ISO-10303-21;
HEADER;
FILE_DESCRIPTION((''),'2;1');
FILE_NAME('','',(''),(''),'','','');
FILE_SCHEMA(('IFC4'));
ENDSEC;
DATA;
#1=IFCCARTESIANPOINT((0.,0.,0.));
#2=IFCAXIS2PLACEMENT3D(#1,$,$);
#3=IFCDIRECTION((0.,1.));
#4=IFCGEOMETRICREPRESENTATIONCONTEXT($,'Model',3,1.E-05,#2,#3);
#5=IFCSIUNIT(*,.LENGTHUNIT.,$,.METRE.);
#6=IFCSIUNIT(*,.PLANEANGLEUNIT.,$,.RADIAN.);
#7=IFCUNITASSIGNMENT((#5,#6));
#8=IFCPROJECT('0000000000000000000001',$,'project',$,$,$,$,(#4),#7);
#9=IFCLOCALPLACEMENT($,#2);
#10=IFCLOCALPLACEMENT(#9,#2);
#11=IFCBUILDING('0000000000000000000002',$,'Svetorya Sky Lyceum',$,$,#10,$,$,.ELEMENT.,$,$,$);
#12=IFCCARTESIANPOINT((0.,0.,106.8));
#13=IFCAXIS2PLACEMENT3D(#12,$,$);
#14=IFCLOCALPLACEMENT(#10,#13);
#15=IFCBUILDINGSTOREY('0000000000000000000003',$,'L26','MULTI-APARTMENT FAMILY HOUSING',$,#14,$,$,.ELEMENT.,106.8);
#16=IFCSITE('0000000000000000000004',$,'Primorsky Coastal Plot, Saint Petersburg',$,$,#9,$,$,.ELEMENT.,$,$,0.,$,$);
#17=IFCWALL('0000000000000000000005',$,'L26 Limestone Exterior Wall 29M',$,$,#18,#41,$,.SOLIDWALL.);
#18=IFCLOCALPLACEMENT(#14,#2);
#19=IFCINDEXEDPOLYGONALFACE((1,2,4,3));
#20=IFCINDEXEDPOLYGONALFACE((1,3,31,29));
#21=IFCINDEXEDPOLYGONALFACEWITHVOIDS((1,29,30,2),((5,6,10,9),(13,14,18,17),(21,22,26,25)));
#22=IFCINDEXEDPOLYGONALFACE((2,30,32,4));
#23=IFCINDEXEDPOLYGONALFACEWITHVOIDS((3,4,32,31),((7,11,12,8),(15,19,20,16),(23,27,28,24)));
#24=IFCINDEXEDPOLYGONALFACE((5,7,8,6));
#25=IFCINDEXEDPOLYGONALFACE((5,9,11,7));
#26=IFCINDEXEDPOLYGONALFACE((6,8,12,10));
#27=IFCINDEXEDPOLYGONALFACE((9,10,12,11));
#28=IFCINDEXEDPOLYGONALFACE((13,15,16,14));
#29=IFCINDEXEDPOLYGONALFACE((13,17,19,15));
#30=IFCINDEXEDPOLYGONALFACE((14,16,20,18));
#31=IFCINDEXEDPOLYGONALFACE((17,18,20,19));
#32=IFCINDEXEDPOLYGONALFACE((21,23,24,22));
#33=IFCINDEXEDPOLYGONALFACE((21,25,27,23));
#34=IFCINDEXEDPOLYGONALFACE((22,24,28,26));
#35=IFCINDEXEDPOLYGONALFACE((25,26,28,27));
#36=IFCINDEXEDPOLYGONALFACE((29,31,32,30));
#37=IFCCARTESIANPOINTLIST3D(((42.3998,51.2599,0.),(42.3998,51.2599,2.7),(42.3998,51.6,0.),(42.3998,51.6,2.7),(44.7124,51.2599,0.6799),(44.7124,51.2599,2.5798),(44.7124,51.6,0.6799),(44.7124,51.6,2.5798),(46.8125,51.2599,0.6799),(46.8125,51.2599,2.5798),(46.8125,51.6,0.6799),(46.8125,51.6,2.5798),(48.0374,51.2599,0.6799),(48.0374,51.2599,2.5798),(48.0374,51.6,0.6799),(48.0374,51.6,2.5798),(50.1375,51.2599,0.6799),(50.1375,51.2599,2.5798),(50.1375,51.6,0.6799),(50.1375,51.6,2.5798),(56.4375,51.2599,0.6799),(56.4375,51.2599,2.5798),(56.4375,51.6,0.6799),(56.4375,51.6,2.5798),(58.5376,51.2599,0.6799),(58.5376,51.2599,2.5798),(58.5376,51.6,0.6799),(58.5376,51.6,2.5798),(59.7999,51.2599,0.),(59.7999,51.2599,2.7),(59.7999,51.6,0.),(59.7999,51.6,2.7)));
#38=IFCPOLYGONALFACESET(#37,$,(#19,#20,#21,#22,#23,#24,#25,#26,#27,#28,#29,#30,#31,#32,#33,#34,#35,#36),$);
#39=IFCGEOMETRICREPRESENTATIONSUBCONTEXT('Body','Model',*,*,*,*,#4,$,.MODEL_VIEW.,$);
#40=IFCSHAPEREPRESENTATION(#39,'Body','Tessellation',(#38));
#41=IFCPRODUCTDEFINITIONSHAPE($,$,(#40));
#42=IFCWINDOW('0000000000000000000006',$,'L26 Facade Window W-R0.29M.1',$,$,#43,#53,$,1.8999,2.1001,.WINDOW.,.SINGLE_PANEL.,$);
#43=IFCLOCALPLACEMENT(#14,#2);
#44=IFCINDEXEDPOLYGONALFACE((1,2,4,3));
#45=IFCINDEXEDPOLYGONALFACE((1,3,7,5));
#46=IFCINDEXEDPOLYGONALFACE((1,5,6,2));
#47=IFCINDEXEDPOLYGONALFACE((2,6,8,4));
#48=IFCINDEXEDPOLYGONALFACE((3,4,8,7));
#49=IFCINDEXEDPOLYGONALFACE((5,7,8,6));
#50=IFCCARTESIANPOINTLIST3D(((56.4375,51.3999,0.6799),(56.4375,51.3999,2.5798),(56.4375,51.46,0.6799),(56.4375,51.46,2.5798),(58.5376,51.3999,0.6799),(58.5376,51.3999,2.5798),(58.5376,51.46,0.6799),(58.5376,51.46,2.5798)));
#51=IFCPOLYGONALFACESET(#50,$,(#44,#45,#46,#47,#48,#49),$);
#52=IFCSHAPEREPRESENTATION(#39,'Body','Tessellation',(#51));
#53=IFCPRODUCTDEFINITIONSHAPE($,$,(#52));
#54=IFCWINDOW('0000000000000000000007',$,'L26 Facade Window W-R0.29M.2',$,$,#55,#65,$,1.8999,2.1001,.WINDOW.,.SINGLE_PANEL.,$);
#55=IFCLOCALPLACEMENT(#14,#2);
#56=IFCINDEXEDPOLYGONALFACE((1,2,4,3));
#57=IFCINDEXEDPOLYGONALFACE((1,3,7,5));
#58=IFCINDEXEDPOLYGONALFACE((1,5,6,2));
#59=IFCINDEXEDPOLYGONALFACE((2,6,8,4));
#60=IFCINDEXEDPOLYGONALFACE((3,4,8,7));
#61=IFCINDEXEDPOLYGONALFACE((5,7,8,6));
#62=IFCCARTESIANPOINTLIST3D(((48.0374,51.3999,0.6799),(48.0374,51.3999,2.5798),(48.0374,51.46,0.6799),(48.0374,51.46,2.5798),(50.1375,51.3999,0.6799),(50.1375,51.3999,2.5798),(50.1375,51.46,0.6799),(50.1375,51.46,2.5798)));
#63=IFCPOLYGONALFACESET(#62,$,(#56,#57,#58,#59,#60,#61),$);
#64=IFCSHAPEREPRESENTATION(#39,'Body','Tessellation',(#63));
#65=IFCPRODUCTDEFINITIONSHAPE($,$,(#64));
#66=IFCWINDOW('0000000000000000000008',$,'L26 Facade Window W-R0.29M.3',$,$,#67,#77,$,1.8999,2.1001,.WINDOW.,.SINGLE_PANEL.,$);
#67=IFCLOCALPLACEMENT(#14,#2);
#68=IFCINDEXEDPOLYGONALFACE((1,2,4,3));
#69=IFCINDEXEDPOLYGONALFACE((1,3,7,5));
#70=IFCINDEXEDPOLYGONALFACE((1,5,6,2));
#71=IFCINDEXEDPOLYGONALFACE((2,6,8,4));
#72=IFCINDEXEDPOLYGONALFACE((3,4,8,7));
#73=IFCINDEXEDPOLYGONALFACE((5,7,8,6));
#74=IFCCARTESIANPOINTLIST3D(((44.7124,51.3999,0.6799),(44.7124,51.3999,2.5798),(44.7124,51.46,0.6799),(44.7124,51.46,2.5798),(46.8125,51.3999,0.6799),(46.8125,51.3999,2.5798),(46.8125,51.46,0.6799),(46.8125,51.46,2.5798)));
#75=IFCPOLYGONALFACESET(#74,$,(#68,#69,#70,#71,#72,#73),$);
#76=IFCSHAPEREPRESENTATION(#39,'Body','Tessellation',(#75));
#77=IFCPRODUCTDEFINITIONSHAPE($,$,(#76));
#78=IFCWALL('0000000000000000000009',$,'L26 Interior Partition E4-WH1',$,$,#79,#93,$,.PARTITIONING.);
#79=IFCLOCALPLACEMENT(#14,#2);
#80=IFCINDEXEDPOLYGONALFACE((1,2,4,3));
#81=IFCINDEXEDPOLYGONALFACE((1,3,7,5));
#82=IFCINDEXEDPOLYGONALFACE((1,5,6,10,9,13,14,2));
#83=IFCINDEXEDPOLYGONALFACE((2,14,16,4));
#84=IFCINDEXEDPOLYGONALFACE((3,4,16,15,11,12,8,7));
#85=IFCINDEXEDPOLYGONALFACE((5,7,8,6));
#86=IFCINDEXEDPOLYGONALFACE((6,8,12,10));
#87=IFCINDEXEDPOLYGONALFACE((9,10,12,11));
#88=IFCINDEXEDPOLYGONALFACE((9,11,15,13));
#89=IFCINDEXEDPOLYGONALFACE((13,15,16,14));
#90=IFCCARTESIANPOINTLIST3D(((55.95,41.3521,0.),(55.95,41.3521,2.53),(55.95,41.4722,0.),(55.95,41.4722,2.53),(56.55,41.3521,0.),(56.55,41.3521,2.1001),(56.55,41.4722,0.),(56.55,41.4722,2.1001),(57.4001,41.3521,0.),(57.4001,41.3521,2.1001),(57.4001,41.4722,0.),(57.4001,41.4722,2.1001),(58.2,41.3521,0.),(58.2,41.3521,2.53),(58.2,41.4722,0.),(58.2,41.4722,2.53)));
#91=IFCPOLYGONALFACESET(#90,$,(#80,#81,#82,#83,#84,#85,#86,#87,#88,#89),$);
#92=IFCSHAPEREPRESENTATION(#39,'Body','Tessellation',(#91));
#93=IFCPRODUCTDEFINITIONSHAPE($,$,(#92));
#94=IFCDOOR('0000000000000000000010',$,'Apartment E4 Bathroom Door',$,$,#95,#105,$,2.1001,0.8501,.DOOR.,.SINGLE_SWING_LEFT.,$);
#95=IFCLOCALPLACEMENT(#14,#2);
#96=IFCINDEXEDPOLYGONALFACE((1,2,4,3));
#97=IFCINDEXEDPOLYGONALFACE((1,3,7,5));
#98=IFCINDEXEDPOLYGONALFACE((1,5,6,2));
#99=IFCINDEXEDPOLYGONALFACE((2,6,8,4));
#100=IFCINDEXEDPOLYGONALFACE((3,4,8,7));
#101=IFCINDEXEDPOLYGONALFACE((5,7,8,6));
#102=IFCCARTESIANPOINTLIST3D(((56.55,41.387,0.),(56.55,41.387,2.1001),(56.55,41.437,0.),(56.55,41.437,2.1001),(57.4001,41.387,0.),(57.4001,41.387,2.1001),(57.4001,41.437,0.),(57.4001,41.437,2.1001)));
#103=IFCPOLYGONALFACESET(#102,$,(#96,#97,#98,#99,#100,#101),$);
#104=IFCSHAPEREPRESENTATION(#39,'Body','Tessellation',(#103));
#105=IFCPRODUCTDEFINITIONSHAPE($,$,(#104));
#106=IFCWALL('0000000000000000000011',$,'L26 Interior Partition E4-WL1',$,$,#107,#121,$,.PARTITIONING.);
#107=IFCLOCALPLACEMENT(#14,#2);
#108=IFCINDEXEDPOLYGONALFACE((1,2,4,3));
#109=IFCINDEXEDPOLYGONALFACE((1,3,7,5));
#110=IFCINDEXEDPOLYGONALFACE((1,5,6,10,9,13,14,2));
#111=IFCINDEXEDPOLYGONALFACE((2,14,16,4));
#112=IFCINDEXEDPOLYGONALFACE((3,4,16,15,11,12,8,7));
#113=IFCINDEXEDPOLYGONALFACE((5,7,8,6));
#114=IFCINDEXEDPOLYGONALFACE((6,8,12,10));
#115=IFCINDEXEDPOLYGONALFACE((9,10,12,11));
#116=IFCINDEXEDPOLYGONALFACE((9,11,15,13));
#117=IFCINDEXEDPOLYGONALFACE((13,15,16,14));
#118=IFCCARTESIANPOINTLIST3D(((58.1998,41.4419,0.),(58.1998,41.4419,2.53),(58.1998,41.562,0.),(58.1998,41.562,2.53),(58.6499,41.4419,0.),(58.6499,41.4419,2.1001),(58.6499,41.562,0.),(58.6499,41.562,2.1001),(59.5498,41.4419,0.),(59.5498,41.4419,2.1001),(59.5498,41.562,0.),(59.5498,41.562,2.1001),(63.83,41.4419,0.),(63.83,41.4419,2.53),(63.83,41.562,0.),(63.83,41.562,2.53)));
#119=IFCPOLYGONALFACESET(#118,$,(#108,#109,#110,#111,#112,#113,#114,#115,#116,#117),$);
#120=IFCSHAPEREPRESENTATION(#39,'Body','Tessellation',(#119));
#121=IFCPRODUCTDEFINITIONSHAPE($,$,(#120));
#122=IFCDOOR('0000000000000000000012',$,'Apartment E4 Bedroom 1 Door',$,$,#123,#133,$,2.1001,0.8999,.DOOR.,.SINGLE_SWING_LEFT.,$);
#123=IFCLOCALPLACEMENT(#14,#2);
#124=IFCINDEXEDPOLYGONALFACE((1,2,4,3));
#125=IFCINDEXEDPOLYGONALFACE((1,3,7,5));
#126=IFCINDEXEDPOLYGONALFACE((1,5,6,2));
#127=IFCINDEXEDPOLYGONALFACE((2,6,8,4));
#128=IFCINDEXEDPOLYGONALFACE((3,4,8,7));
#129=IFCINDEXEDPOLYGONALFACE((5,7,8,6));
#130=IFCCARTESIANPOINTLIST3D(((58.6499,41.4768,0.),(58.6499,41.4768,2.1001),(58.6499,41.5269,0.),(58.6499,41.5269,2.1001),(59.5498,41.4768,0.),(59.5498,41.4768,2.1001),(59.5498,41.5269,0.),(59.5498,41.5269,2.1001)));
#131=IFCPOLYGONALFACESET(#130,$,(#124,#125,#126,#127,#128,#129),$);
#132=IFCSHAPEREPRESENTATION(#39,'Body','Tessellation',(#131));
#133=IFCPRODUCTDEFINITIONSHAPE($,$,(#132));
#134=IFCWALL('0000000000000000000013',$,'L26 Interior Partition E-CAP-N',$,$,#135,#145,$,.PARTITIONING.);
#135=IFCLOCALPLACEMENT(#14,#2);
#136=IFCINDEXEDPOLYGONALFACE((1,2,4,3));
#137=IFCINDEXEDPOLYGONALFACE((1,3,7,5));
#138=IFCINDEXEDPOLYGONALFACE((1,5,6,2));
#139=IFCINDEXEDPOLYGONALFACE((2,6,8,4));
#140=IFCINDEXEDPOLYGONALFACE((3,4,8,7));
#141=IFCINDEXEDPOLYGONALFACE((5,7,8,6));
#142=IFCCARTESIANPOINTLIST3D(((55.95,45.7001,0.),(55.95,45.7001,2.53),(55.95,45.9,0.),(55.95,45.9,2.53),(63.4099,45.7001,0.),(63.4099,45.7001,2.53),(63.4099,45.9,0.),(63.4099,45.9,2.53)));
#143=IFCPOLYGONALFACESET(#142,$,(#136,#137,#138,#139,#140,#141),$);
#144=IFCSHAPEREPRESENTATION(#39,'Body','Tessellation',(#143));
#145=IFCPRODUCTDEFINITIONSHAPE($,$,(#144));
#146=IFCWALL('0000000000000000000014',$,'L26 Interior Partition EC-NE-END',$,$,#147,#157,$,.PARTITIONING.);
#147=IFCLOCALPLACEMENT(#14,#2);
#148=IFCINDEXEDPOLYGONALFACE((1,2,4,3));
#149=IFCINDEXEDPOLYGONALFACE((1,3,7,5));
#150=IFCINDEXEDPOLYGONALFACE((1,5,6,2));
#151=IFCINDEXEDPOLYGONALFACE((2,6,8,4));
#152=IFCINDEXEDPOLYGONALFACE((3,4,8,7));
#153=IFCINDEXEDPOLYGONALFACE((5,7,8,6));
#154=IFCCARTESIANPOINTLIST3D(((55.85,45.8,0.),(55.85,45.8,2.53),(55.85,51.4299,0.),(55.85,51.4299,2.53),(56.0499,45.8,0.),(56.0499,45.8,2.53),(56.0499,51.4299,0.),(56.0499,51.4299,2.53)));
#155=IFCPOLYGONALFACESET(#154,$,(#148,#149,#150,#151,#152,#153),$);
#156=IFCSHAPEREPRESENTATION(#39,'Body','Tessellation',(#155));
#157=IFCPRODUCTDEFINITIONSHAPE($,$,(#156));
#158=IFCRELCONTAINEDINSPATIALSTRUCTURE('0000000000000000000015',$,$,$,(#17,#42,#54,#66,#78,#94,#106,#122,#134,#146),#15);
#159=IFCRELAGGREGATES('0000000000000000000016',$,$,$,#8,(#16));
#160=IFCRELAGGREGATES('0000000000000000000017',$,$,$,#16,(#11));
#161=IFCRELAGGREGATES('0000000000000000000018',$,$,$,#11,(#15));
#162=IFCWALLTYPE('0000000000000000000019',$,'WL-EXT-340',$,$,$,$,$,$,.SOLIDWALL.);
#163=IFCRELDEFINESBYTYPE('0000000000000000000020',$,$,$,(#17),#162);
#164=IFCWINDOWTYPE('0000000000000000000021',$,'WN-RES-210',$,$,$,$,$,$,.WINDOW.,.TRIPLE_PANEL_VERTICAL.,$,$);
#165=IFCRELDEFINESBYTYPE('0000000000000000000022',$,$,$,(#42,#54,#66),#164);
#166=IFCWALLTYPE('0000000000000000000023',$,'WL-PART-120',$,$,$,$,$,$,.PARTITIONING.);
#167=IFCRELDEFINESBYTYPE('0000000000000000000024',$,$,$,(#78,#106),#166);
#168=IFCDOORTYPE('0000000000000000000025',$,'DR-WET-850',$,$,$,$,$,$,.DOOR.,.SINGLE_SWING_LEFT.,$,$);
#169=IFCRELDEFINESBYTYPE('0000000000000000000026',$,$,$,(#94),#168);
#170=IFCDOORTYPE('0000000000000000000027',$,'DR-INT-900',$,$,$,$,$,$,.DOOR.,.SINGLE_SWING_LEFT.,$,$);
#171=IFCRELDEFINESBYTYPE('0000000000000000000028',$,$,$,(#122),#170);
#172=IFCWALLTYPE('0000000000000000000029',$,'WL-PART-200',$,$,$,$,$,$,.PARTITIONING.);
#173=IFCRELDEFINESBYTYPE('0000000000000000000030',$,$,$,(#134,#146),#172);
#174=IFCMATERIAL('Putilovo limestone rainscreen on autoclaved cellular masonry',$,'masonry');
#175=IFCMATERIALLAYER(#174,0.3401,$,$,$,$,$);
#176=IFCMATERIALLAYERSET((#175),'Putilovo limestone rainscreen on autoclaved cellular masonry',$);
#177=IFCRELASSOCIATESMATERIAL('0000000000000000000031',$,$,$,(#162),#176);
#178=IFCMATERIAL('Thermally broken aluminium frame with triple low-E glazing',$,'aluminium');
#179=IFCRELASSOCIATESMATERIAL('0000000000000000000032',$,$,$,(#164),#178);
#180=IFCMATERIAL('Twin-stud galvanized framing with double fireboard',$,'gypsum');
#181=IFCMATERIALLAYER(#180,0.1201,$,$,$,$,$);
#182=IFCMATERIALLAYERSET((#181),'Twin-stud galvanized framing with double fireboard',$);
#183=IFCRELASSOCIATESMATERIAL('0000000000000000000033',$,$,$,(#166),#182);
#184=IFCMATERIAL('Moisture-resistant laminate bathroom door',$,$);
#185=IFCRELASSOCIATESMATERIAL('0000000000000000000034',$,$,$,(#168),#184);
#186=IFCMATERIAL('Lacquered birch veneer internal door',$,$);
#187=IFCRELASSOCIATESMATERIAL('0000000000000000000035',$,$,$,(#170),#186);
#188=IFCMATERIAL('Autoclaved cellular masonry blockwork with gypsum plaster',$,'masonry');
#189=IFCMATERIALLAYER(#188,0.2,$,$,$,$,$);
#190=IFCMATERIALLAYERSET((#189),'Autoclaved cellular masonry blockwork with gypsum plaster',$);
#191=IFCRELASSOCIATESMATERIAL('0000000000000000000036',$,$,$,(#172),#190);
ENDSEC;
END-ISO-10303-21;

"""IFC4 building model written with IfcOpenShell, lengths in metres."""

from ifc_helpers import new_model, si_unit, direction, frame, frame_2d, origin, place, context, subcontext, project, spatial, rectangle, extrude, material, layer, layer_set, type_object, element, fill, save


model = new_model("IFC4")

# Units and contexts
model_context = context("Model", 3, precision=1e-05, world=origin(), true_north=direction((0.0, 1.0)))
body_context = subcontext(model_context, "Body", "Model", "MODEL_VIEW")
ifc_project = project(units=[si_unit("LENGTHUNIT", "METRE"), si_unit("PLANEANGLEUNIT", "RADIAN")], contexts=[model_context])

# Site, building, storey
site_placement = place(None, origin())
site = spatial("IfcSite", under=ifc_project, at=site_placement, Name="Primorsky Coastal Plot, Saint Petersburg", CompositionType="ELEMENT", RefElevation=0.0)
building_placement = place(site_placement, origin())
building = spatial("IfcBuilding", under=site, at=building_placement, Name="Svetorya Sky Lyceum", CompositionType="ELEMENT")
storey_placement = place(building_placement, frame((0.0, 0.0, 106.8)))
storey = spatial("IfcBuildingStorey", under=building, at=storey_placement, Name="L26", Description="MULTI-APARTMENT FAMILY HOUSING", CompositionType="ELEMENT", Elevation=106.8)

# Shared definitions
ifc_material_1 = material(Name="Putilovo limestone rainscreen on autoclaved cellular masonry", Category="masonry")
ifc_layer_1 = layer(ifc_material_1, 0.3401)
ifc_layer_set_1 = layer_set([ifc_layer_1], Name="Putilovo limestone rainscreen on autoclaved cellular masonry")
wall_type_1 = type_object("IfcWallType", Name="WL-EXT-340", PredefinedType="SOLIDWALL", material=ifc_layer_set_1)

# Wall, openings, windows
wall_1_placement = place(storey_placement, frame((59.8, 51.4299, 0.0), z_axis=(0.0, 0.0, 1.0), x_axis=(-1.0, 0.0, 0.0)))
wall_1 = element("IfcWall", 1, at=wall_1_placement, inside=storey, type_object=wall_type_1, Name="L26 Limestone Exterior Wall 29M", PredefinedType="SOLIDWALL", context=body_context, shape_type="SweptSolid", body=[
    extrude(rectangle(XDim=17.4001, YDim=0.3401, at=frame_2d((8.7002, 0.0))), origin(), (0.0, 0.0, 1.0), 2.7),
])
opening_1_placement = place(wall_1_placement, frame((1.2625, 0.0, 0.6799)))
opening_1 = element("IfcOpeningElement", 2, at=opening_1_placement, cuts=wall_1, PredefinedType="OPENING", context=body_context, shape_type="SweptSolid", body=[
    extrude(rectangle(XDim=2.1001, YDim=1.8999, at=frame_2d((1.05, 0.95))), frame((0.0, 0.1799, 0.0), z_axis=(0.0, -1.0, 0.0), x_axis=(1.0, 0.0, 0.0)), (0.0, 0.0, 1.0), 0.3601),
])
opening_2_placement = place(wall_1_placement, frame((9.6626, 0.0, 0.6799)))
opening_2 = element("IfcOpeningElement", 3, at=opening_2_placement, cuts=wall_1, PredefinedType="OPENING", context=body_context, shape_type="SweptSolid", body=[
    extrude(rectangle(XDim=2.1001, YDim=1.8999, at=frame_2d((1.05, 0.95))), frame((0.0, 0.1799, 0.0), z_axis=(0.0, -1.0, 0.0), x_axis=(1.0, 0.0, 0.0)), (0.0, 0.0, 1.0), 0.3601),
])
opening_3_placement = place(wall_1_placement, frame((12.9875, 0.0, 0.6799)))
opening_3 = element("IfcOpeningElement", 4, at=opening_3_placement, cuts=wall_1, PredefinedType="OPENING", context=body_context, shape_type="SweptSolid", body=[
    extrude(rectangle(XDim=2.1001, YDim=1.8999, at=frame_2d((1.05, 0.95))), frame((0.0, 0.1799, 0.0), z_axis=(0.0, -1.0, 0.0), x_axis=(1.0, 0.0, 0.0)), (0.0, 0.0, 1.0), 0.3601),
])
ifc_material_2 = material(Name="Thermally broken aluminium frame with triple low-E glazing", Category="aluminium")
window_type = type_object("IfcWindowType", Name="WN-RES-210", PartitioningType="TRIPLE_PANEL_VERTICAL", PredefinedType="WINDOW", material=ifc_material_2)
window_1_placement = place(opening_1_placement, origin())
window_1 = element("IfcWindow", 5, at=window_1_placement, inside=storey, type_object=window_type, Name="L26 Facade Window W-R0.29M.1", OverallHeight=1.8999, OverallWidth=2.1001, PartitioningType="SINGLE_PANEL", PredefinedType="WINDOW", context=body_context, shape_type="SweptSolid", body=[
    extrude(rectangle(XDim=2.1001, YDim=1.8999, at=frame_2d((1.05, 0.95))), frame((0.0, 0.03, 0.0), z_axis=(0.0, -1.0, 0.0), x_axis=(1.0, 0.0, 0.0)), (0.0, 0.0, 1.0), 0.0601),
])
fill(opening_1, window_1)
window_2_placement = place(opening_2_placement, origin())
window_2 = element("IfcWindow", 6, at=window_2_placement, inside=storey, type_object=window_type, Name="L26 Facade Window W-R0.29M.2", OverallHeight=1.8999, OverallWidth=2.1001, PartitioningType="SINGLE_PANEL", PredefinedType="WINDOW", context=body_context, shape_type="SweptSolid", body=[
    extrude(rectangle(XDim=2.1001, YDim=1.8999, at=frame_2d((1.05, 0.95))), frame((0.0, 0.03, 0.0), z_axis=(0.0, -1.0, 0.0), x_axis=(1.0, 0.0, 0.0)), (0.0, 0.0, 1.0), 0.0601),
])
fill(opening_2, window_2)
window_3_placement = place(opening_3_placement, origin())
window_3 = element("IfcWindow", 7, at=window_3_placement, inside=storey, type_object=window_type, Name="L26 Facade Window W-R0.29M.3", OverallHeight=1.8999, OverallWidth=2.1001, PartitioningType="SINGLE_PANEL", PredefinedType="WINDOW", context=body_context, shape_type="SweptSolid", body=[
    extrude(rectangle(XDim=2.1001, YDim=1.8999, at=frame_2d((1.05, 0.95))), frame((0.0, 0.03, 0.0), z_axis=(0.0, -1.0, 0.0), x_axis=(1.0, 0.0, 0.0)), (0.0, 0.0, 1.0), 0.0601),
])
fill(opening_3, window_3)

# Walls, openings, doors
ifc_material_3 = material(Name="Twin-stud galvanized framing with double fireboard", Category="gypsum")
ifc_layer_2 = layer(ifc_material_3, 0.1201)
ifc_layer_set_2 = layer_set([ifc_layer_2], Name="Twin-stud galvanized framing with double fireboard")
wall_type_2 = type_object("IfcWallType", Name="WL-PART-120", PredefinedType="PARTITIONING", material=ifc_layer_set_2)
wall_2_placement = place(storey_placement, frame((55.95, 41.4121, 0.0), z_axis=(0.0, 0.0, 1.0), x_axis=(1.0, 0.0, 0.0)))
wall_2 = element("IfcWall", 8, at=wall_2_placement, inside=storey, type_object=wall_type_2, Name="L26 Interior Partition E4-WH1", PredefinedType="PARTITIONING", context=body_context, shape_type="SweptSolid", body=[
    extrude(rectangle(XDim=2.25, YDim=0.1201, at=frame_2d((1.125, 0.0))), origin(), (0.0, 0.0, 1.0), 2.53),
])
opening_4_placement = place(wall_2_placement, frame((0.6001, 0.0, 0.0)))
opening_4 = element("IfcOpeningElement", 9, at=opening_4_placement, cuts=wall_2, PredefinedType="OPENING", context=body_context, shape_type="SweptSolid", body=[
    extrude(rectangle(XDim=0.8501, YDim=2.1001, at=frame_2d((0.425, 1.05))), frame((0.0, 0.0701, 0.0), z_axis=(0.0, -1.0, 0.0), x_axis=(1.0, 0.0, 0.0)), (0.0, 0.0, 1.0), 0.1401),
])
ifc_material_4 = material(Name="Moisture-resistant laminate bathroom door")
door_type_1 = type_object("IfcDoorType", Name="DR-WET-850", OperationType="SINGLE_SWING_LEFT", PredefinedType="DOOR", material=ifc_material_4)
door_1_placement = place(opening_4_placement, origin())
door_1 = element("IfcDoor", 10, at=door_1_placement, inside=storey, type_object=door_type_1, Name="Apartment E4 Bathroom Door", OperationType="SINGLE_SWING_LEFT", OverallHeight=2.1001, OverallWidth=0.8501, PredefinedType="DOOR", context=body_context, shape_type="SweptSolid", body=[
    extrude(rectangle(XDim=0.8501, YDim=2.1001, at=frame_2d((0.425, 1.05))), frame((0.0, 0.0249, 0.0), z_axis=(0.0, -1.0, 0.0), x_axis=(1.0, 0.0, 0.0)), (0.0, 0.0, 1.0), 0.05),
])
fill(opening_4, door_1)
wall_3_placement = place(storey_placement, frame((58.2, 41.502, 0.0), z_axis=(0.0, 0.0, 1.0), x_axis=(1.0, 0.0, 0.0)))
wall_3 = element("IfcWall", 11, at=wall_3_placement, inside=storey, type_object=wall_type_2, Name="L26 Interior Partition E4-WL1", PredefinedType="PARTITIONING", context=body_context, shape_type="SweptSolid", body=[
    extrude(rectangle(XDim=5.6301, YDim=0.1201, at=frame_2d((2.8149, 0.0))), origin(), (0.0, 0.0, 1.0), 2.53),
])
opening_5_placement = place(wall_3_placement, frame((0.45, 0.0, 0.0)))
opening_5 = element("IfcOpeningElement", 12, at=opening_5_placement, cuts=wall_3, PredefinedType="OPENING", context=body_context, shape_type="SweptSolid", body=[
    extrude(rectangle(XDim=0.8999, YDim=2.1001, at=frame_2d((0.45, 1.05))), frame((0.0, 0.0701, 0.0), z_axis=(0.0, -1.0, 0.0), x_axis=(1.0, 0.0, 0.0)), (0.0, 0.0, 1.0), 0.1401),
])
ifc_material_5 = material(Name="Lacquered birch veneer internal door")
door_type_2 = type_object("IfcDoorType", Name="DR-INT-900", OperationType="SINGLE_SWING_LEFT", PredefinedType="DOOR", material=ifc_material_5)
door_2_placement = place(opening_5_placement, origin())
door_2 = element("IfcDoor", 13, at=door_2_placement, inside=storey, type_object=door_type_2, Name="Apartment E4 Bedroom 1 Door", OperationType="SINGLE_SWING_LEFT", OverallHeight=2.1001, OverallWidth=0.8999, PredefinedType="DOOR", context=body_context, shape_type="SweptSolid", body=[
    extrude(rectangle(XDim=0.8999, YDim=2.1001, at=frame_2d((0.45, 1.05))), frame((0.0, 0.0249, 0.0), z_axis=(0.0, -1.0, 0.0), x_axis=(1.0, 0.0, 0.0)), (0.0, 0.0, 1.0), 0.05),
])
fill(opening_5, door_2)

# Walls
ifc_material_6 = material(Name="Autoclaved cellular masonry blockwork with gypsum plaster", Category="masonry")
ifc_layer_3 = layer(ifc_material_6, 0.2)
ifc_layer_set_3 = layer_set([ifc_layer_3], Name="Autoclaved cellular masonry blockwork with gypsum plaster")
wall_type_3 = type_object("IfcWallType", Name="WL-PART-200", PredefinedType="PARTITIONING", material=ifc_layer_set_3)
wall_4_placement = place(storey_placement, frame((55.95, 45.8, 0.0), z_axis=(0.0, 0.0, 1.0), x_axis=(1.0, 0.0, 0.0)))
element("IfcWall", 14, at=wall_4_placement, inside=storey, type_object=wall_type_3, Name="L26 Interior Partition E-CAP-N", PredefinedType="PARTITIONING", context=body_context, shape_type="SweptSolid", body=[
    extrude(rectangle(XDim=7.46, YDim=0.2, at=frame_2d((3.73, 0.0))), origin(), (0.0, 0.0, 1.0), 2.53),
])
wall_5_placement = place(storey_placement, frame((55.95, 45.8, 0.0), z_axis=(0.0, 0.0, 1.0), x_axis=(0.0, 1.0, 0.0)))
element("IfcWall", 15, at=wall_5_placement, inside=storey, type_object=wall_type_3, Name="L26 Interior Partition EC-NE-END", PredefinedType="PARTITIONING", context=body_context, shape_type="SweptSolid", body=[
    extrude(rectangle(XDim=5.6299, YDim=0.2, at=frame_2d((2.8149, 0.0))), origin(), (0.0, 0.0, 1.0), 2.53),
])

save(model, "model.ifc")
